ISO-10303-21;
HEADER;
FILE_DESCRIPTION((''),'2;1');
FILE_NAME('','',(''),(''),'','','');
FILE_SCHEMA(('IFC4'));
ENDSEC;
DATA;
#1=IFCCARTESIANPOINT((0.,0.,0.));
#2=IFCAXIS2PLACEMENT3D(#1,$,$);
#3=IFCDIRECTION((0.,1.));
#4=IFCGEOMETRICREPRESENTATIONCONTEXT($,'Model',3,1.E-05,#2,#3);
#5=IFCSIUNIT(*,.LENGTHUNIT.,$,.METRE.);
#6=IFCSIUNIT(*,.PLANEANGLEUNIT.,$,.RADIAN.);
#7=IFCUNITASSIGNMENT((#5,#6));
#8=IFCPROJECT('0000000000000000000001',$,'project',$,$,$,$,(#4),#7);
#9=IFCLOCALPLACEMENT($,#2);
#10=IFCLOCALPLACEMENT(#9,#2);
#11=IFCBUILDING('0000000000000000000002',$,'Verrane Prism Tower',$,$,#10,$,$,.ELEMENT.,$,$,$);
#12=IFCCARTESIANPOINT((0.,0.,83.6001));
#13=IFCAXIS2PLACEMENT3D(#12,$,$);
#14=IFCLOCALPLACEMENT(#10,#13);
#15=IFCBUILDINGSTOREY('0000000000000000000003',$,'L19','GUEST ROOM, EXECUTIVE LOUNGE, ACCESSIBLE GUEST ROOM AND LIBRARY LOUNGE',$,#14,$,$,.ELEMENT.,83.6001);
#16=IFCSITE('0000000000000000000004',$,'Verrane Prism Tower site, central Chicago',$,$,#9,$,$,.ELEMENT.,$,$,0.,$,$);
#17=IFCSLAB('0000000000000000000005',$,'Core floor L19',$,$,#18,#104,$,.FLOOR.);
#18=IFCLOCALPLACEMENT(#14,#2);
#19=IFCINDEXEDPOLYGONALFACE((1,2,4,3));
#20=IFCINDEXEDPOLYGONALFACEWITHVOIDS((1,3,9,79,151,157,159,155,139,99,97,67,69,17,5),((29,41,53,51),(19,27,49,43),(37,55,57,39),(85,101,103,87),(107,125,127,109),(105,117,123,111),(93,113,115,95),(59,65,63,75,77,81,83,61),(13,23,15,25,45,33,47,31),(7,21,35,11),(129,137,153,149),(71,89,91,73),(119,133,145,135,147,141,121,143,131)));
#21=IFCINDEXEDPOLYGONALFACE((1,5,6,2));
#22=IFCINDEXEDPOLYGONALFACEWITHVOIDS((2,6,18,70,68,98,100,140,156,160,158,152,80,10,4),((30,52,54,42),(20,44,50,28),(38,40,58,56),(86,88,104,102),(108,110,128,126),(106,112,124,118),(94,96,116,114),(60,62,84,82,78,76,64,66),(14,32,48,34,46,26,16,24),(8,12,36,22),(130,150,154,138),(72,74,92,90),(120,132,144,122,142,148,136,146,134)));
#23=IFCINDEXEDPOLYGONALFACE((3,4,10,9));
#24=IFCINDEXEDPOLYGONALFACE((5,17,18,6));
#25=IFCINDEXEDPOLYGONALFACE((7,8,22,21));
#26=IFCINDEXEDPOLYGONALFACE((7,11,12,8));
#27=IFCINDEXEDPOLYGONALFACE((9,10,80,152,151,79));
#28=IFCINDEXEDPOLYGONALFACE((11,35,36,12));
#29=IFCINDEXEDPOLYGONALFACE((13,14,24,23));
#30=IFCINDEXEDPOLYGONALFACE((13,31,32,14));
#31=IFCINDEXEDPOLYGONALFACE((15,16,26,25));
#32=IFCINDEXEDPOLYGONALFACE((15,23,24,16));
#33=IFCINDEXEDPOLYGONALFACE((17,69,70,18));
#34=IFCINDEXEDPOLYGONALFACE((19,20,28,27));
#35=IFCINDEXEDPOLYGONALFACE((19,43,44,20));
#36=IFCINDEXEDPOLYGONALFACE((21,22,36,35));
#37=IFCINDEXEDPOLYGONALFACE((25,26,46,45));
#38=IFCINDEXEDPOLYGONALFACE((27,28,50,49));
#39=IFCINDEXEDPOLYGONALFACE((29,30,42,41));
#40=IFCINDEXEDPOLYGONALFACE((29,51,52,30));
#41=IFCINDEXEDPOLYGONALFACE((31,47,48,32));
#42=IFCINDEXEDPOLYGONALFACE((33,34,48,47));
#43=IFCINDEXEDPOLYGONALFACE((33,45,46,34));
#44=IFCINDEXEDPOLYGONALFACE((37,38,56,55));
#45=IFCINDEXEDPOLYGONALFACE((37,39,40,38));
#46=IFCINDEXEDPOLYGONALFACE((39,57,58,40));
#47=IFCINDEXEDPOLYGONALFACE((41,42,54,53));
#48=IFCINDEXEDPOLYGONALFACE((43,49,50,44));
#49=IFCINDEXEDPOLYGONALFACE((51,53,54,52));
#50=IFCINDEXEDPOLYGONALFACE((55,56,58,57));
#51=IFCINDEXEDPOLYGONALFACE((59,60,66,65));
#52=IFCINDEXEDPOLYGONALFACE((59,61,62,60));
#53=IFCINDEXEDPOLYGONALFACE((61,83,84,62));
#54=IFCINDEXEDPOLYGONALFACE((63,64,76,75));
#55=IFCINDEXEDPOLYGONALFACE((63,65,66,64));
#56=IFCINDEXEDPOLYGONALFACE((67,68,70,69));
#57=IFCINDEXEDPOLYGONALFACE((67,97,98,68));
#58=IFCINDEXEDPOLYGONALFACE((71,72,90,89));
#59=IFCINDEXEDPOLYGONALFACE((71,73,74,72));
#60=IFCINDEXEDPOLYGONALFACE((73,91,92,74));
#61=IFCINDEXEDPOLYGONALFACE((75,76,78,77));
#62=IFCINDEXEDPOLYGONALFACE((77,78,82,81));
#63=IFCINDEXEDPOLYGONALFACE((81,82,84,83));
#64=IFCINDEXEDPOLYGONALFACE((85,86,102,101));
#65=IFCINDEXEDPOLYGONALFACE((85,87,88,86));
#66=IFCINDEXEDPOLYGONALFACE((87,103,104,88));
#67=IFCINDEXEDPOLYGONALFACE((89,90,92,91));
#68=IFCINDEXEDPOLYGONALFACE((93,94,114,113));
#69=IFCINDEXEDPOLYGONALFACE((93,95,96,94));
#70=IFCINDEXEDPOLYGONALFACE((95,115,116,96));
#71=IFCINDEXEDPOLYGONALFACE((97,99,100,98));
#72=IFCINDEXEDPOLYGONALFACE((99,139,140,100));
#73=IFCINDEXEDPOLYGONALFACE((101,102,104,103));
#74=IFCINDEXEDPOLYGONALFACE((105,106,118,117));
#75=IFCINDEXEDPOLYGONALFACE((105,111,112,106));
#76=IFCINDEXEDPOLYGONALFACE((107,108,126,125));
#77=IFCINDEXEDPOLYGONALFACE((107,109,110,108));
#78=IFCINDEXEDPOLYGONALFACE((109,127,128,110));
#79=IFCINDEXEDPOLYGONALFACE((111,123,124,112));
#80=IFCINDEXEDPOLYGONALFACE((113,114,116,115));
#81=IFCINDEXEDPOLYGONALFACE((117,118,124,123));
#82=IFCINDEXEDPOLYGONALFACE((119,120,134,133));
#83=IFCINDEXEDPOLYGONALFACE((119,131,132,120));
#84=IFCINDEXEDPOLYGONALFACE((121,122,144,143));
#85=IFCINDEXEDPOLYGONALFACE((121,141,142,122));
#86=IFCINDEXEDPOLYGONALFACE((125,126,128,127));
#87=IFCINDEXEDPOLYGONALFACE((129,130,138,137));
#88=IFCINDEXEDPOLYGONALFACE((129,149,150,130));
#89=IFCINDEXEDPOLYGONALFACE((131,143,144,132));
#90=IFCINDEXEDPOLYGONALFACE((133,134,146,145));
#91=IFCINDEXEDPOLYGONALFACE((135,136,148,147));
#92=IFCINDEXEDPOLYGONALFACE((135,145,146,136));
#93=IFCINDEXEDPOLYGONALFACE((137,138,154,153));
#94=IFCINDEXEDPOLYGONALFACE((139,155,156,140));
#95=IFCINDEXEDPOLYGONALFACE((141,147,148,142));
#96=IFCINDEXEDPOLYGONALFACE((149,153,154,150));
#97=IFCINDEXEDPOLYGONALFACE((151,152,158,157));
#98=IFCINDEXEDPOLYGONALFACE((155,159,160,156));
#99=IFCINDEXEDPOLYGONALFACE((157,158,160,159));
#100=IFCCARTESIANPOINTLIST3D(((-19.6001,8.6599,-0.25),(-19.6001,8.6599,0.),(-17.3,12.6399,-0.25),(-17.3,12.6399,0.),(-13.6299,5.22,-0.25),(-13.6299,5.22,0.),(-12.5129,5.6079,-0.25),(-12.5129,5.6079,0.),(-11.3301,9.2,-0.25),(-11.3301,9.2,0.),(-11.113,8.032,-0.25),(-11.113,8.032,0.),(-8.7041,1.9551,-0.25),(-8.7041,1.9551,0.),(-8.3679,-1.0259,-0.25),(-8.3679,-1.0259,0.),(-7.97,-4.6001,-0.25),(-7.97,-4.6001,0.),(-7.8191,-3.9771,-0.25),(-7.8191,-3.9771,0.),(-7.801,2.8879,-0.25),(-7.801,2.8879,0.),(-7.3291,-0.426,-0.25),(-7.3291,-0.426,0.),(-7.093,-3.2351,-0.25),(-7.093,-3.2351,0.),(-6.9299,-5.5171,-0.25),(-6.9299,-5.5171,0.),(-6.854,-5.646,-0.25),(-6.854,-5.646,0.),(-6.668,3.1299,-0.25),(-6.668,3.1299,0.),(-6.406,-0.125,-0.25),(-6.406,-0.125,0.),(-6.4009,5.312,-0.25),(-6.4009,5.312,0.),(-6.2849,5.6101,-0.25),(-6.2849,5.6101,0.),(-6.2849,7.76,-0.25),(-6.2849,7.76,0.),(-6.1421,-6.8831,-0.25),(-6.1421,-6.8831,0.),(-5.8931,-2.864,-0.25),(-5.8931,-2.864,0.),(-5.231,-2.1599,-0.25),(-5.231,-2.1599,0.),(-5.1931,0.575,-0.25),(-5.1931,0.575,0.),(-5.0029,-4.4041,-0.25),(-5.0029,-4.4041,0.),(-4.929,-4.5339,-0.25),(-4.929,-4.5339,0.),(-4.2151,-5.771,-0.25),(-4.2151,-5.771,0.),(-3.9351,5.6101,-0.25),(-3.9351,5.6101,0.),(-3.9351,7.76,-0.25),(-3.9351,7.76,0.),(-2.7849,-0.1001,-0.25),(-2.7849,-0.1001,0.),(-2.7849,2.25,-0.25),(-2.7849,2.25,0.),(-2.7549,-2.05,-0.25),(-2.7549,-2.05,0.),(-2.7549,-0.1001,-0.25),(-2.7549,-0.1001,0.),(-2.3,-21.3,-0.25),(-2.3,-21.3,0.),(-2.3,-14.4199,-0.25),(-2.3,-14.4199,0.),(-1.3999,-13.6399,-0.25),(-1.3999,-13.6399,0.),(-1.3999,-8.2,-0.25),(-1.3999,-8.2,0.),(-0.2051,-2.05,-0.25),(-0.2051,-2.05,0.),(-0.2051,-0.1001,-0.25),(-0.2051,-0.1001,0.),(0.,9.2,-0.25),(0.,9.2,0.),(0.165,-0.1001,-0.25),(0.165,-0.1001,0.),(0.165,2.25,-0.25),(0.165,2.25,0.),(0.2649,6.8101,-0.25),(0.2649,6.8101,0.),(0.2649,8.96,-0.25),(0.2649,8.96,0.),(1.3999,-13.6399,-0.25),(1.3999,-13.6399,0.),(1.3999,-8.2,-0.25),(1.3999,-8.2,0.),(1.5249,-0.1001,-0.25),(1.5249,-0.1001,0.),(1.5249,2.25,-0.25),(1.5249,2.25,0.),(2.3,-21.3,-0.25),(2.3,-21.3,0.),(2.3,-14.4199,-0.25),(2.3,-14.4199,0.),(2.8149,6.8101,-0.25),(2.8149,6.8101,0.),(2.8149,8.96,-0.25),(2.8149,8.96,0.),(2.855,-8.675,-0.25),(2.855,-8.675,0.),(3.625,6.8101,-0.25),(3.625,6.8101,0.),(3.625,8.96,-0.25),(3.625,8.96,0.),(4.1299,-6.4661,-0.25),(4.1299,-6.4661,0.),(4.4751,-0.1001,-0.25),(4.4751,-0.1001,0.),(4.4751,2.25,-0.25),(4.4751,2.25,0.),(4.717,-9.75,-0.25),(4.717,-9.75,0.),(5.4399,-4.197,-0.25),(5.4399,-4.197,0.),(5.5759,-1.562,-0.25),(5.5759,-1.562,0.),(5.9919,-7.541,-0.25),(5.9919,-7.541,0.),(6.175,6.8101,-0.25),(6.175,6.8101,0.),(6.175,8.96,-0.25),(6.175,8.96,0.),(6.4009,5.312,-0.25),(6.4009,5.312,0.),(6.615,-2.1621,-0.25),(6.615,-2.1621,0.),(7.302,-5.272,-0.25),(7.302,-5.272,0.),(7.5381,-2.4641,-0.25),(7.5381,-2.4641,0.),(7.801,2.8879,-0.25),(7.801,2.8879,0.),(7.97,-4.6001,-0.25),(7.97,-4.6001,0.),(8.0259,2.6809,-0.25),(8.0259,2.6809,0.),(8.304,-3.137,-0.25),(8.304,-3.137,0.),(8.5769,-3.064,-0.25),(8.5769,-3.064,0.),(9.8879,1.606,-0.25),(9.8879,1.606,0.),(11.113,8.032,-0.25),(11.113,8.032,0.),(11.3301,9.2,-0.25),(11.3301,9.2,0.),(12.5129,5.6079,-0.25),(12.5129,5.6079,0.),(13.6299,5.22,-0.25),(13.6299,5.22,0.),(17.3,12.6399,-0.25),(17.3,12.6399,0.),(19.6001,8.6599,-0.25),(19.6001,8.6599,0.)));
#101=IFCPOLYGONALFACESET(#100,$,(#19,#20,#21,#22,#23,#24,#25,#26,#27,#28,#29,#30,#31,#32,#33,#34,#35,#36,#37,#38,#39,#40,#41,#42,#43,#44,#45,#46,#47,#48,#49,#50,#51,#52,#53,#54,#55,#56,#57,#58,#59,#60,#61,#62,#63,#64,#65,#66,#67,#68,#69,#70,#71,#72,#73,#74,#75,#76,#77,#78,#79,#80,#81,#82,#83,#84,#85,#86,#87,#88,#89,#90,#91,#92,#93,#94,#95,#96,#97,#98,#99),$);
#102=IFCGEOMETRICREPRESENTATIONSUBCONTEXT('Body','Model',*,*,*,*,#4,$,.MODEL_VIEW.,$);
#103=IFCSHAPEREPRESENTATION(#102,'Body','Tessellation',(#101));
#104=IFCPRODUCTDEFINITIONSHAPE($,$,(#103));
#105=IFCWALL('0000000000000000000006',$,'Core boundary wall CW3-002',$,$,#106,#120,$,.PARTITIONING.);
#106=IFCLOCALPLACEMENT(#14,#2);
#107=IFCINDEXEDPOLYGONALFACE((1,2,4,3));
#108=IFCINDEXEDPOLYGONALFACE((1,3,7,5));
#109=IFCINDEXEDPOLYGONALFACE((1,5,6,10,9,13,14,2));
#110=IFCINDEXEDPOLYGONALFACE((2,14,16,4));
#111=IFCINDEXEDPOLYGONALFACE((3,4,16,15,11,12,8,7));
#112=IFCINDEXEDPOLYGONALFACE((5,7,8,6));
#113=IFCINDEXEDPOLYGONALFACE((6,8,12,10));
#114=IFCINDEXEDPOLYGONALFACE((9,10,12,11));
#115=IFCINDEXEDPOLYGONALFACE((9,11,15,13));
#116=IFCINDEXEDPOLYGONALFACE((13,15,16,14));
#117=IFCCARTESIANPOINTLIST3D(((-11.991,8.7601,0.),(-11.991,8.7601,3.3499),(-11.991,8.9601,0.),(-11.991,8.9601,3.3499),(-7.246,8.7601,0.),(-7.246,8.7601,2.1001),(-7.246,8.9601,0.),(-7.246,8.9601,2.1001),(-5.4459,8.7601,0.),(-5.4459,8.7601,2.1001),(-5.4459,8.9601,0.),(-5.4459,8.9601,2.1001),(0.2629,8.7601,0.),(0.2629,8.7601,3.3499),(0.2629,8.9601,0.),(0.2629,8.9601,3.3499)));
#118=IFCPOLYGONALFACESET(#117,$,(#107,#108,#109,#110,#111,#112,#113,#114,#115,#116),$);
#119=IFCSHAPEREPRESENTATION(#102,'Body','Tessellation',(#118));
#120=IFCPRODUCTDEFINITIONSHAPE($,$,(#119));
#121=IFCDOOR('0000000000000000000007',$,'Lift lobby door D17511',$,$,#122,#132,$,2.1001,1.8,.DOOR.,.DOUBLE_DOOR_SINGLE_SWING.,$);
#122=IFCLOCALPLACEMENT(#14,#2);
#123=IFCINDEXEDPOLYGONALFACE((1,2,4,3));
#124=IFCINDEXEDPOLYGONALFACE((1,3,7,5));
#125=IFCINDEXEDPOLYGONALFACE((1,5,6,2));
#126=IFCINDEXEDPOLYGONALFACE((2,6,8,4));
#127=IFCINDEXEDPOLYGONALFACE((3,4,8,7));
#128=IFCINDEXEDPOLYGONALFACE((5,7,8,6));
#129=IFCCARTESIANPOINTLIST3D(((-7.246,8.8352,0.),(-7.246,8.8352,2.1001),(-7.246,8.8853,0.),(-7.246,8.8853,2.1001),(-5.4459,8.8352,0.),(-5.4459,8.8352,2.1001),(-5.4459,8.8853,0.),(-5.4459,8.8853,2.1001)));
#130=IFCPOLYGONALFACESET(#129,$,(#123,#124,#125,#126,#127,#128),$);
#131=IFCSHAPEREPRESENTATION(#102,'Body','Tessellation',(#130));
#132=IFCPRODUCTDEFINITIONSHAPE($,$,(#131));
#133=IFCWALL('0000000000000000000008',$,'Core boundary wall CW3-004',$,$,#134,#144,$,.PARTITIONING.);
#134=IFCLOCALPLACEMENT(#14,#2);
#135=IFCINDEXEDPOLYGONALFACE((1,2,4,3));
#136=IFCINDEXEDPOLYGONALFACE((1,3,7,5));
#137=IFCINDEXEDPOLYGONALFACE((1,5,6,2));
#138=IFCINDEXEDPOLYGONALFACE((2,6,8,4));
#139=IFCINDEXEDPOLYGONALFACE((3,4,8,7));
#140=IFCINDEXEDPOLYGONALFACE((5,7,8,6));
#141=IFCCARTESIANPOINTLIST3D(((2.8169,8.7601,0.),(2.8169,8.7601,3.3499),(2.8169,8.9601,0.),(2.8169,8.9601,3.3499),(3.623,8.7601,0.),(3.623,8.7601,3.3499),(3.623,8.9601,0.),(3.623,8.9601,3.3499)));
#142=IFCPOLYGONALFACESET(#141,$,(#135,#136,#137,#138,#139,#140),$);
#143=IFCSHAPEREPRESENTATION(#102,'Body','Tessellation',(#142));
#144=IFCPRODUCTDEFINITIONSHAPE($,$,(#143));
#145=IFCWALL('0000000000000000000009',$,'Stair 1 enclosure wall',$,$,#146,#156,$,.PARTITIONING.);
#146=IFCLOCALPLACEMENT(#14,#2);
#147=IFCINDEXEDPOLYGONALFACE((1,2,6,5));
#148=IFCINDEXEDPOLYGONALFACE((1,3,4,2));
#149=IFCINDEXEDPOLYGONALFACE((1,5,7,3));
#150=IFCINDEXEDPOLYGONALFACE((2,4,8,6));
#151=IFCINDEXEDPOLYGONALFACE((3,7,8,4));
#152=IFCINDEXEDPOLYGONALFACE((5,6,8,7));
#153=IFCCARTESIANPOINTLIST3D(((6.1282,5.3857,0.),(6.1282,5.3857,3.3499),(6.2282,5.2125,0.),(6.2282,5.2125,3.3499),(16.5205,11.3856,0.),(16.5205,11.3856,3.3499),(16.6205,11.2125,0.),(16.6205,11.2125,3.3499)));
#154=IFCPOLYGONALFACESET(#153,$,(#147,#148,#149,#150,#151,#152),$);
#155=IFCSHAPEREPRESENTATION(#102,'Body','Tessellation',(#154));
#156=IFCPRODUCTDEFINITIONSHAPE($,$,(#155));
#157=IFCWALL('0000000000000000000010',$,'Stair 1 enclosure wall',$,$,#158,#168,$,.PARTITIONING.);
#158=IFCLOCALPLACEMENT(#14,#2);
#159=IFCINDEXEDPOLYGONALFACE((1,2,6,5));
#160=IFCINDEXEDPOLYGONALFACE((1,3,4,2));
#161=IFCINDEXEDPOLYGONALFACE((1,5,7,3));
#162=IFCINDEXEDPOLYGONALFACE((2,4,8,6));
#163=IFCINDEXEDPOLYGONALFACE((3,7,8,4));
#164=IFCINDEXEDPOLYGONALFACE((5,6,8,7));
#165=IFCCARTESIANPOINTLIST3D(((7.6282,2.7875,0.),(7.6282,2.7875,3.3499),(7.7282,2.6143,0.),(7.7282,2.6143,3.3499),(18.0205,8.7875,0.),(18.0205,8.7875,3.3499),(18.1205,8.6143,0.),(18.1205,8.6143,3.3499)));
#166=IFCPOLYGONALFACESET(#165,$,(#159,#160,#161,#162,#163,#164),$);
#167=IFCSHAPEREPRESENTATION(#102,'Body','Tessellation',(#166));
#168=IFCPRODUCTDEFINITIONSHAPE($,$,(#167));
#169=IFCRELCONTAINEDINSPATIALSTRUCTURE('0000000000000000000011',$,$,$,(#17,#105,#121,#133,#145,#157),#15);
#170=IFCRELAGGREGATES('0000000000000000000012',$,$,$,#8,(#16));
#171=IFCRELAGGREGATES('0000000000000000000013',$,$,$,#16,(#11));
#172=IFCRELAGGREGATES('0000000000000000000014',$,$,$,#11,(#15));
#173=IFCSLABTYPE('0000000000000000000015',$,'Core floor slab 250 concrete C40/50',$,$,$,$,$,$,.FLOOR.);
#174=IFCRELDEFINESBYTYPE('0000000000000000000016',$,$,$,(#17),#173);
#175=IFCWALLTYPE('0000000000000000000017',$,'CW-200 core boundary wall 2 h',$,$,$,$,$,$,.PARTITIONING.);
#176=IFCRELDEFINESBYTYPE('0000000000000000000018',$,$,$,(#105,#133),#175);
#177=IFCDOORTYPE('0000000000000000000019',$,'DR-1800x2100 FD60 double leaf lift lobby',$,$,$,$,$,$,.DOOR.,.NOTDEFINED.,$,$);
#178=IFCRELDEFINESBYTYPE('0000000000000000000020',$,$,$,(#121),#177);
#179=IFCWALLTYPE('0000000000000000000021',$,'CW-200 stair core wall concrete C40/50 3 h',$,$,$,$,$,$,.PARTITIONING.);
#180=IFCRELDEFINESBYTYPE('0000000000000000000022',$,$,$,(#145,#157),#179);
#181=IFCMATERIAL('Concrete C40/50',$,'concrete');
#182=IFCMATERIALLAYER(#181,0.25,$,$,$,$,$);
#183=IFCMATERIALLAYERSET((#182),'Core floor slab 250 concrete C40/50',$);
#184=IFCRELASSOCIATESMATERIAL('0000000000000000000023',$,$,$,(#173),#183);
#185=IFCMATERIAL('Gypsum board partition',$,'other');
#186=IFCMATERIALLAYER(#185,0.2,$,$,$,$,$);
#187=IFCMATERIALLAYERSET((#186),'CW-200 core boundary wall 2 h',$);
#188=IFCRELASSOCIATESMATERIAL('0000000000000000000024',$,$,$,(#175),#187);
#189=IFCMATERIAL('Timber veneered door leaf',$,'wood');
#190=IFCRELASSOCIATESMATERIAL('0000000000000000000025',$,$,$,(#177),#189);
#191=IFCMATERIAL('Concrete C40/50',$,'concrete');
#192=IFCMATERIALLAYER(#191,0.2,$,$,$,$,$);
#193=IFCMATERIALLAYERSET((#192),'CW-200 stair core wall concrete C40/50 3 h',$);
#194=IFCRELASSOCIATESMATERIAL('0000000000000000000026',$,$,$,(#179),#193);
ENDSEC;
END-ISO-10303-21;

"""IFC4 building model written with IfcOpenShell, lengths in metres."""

from ifc_helpers import new_model, si_unit, direction, frame, frame_2d, origin, place, context, subcontext, project, spatial, polyline, rectangle, outline, extrude, material, layer, layer_set, type_object, element, fill, save


model = new_model("IFC4")

# Units and contexts
model_context = context("Model", 3, precision=1e-05, world=origin(), true_north=direction((0.0, 1.0)))
body_context = subcontext(model_context, "Body", "Model", "MODEL_VIEW")
ifc_project = project(units=[si_unit("LENGTHUNIT", "METRE"), si_unit("PLANEANGLEUNIT", "RADIAN")], contexts=[model_context])

# Site, building, storey
site_placement = place(None, origin())
site = spatial("IfcSite", under=ifc_project, at=site_placement, Name="Verrane Prism Tower site, central Chicago", CompositionType="ELEMENT", RefElevation=0.0)
building_placement = place(site_placement, origin())
building = spatial("IfcBuilding", under=site, at=building_placement, Name="Verrane Prism Tower", CompositionType="ELEMENT")
storey_placement = place(building_placement, frame((0.0, 0.0, 83.6001)))
storey = spatial("IfcBuildingStorey", under=building, at=storey_placement, Name="L19", Description="GUEST ROOM, EXECUTIVE LOUNGE, ACCESSIBLE GUEST ROOM AND LIBRARY LOUNGE", CompositionType="ELEMENT", Elevation=83.6001)

# Slab
ifc_material_1 = material(Name="Concrete C40/50", Category="concrete")
ifc_layer_1 = layer(ifc_material_1, 0.25)
ifc_layer_set_1 = layer_set([ifc_layer_1], Name="Core floor slab 250 concrete C40/50")
slab_type = type_object("IfcSlabType", Name="Core floor slab 250 concrete C40/50", PredefinedType="FLOOR", material=ifc_layer_set_1)
slab_placement = place(storey_placement, frame((0.0, 0.0, -0.25)))
element("IfcSlab", 1, at=slab_placement, inside=storey, type_object=slab_type, Name="Core floor L19", PredefinedType="FLOOR", context=body_context, shape_type="SweptSolid", body=[
    extrude(outline(polyline([(13.6299, 5.22), (19.6001, 8.6599), (17.3, 12.6399), (11.3301, 9.2), (0.0, 9.2), (-11.3301, 9.2), (-17.3, 12.6399), (-19.6001, 8.6599), (-13.6299, 5.22), (-7.97, -4.6001), (-2.3, -14.4199), (-2.3, -21.3), (2.3, -21.3), (2.3, -14.4199), (7.97, -4.6001), (13.6299, 5.22)]), holes=[polyline([(1.3999, -8.2), (1.3999, -13.6399), (-1.3999, -13.6399), (-1.3999, -8.2), (1.3999, -8.2)]), polyline([(-4.2151, -5.771), (-6.1421, -6.8831), (-6.854, -5.646), (-4.929, -4.5339), (-4.2151, -5.771)]), polyline([(-5.0029, -4.4041), (-6.9299, -5.5171), (-7.8191, -3.9771), (-5.8931, -2.864), (-5.0029, -4.4041)]), polyline([(0.165, 2.25), (0.165, -0.1001), (-0.2051, -0.1001), (-0.2051, -2.05), (-2.7549, -2.05), (-2.7549, -0.1001), (-2.7849, -0.1001), (-2.7849, 2.25), (0.165, 2.25)]), polyline([(-12.5129, 5.6079), (-11.113, 8.032), (-6.4009, 5.312), (-7.801, 2.8879), (-12.5129, 5.6079)]), polyline([(-6.2849, 5.6101), (-6.2849, 7.76), (-3.9351, 7.76), (-3.9351, 5.6101), (-6.2849, 5.6101)]), polyline([(4.717, -9.75), (2.855, -8.675), (4.1299, -6.4661), (5.9919, -7.541), (4.717, -9.75)]), polyline([(8.304, -3.137), (5.5759, -1.562), (8.0259, 2.6809), (9.8879, 1.606), (7.5381, -2.4641), (8.5769, -3.064), (7.302, -5.272), (5.4399, -4.197), (6.615, -2.1621), (8.304, -3.137)]), polyline([(1.5249, -0.1001), (1.5249, 2.25), (4.4751, 2.25), (4.4751, -0.1001), (1.5249, -0.1001)]), polyline([(6.4009, 5.312), (11.113, 8.032), (12.5129, 5.6079), (7.801, 2.8879), (6.4009, 5.312)]), polyline([(0.2649, 6.8101), (0.2649, 8.96), (2.8149, 8.96), (2.8149, 6.8101), (0.2649, 6.8101)]), polyline([(3.625, 6.8101), (3.625, 8.96), (6.175, 8.96), (6.175, 6.8101), (3.625, 6.8101)]), polyline([(-5.231, -2.1599), (-7.093, -3.2351), (-8.3679, -1.0259), (-7.3291, -0.426), (-8.7041, 1.9551), (-6.668, 3.1299), (-5.1931, 0.575), (-6.406, -0.125), (-5.231, -2.1599)])]), origin(), (0.0, 0.0, 1.0), 0.25),
])

# Wall, opening, door
ifc_material_2 = material(Name="Gypsum board partition", Category="other")
ifc_layer_2 = layer(ifc_material_2, 0.2)
ifc_layer_set_2 = layer_set([ifc_layer_2], Name="CW-200 core boundary wall 2 h")
wall_type_1 = type_object("IfcWallType", Name="CW-200 core boundary wall 2 h", PredefinedType="PARTITIONING", material=ifc_layer_set_2)
wall_1_placement = place(storey_placement, frame((0.2629, 8.8601, 0.0), z_axis=(0.0, 0.0, 1.0), x_axis=(-1.0, 0.0, 0.0)))
wall_1 = element("IfcWall", 2, at=wall_1_placement, inside=storey, type_object=wall_type_1, Name="Core boundary wall CW3-002", PredefinedType="PARTITIONING", context=body_context, shape_type="SweptSolid", body=[
    extrude(rectangle(XDim=12.2539, YDim=0.2, at=frame_2d((6.127, 0.0))), origin(), (0.0, 0.0, 1.0), 3.3499),
])
opening_1_placement = place(wall_1_placement, frame((5.709, 0.0, 0.0)))
opening_1 = element("IfcOpeningElement", 3, at=opening_1_placement, cuts=wall_1, PredefinedType="OPENING", context=body_context, shape_type="SweptSolid", body=[
    extrude(rectangle(XDim=1.8, YDim=2.1001, at=frame_2d((0.8999, 1.05))), frame((0.0, 0.1099, 0.0), z_axis=(0.0, -1.0, 0.0), x_axis=(1.0, 0.0, 0.0)), (0.0, 0.0, 1.0), 0.22),
])
ifc_material_3 = material(Name="Timber veneered door leaf", Category="wood")
door_type_1 = type_object("IfcDoorType", Name="DR-1800x2100 FD60 double leaf lift lobby", OperationType="NOTDEFINED", PredefinedType="DOOR", material=ifc_material_3)
door_1_placement = place(opening_1_placement, origin())
door_1 = element("IfcDoor", 4, at=door_1_placement, inside=storey, type_object=door_type_1, Name="Lift lobby door D17511", OperationType="DOUBLE_DOOR_SINGLE_SWING", OverallHeight=2.1001, OverallWidth=1.8, PredefinedType="DOOR", context=body_context, shape_type="SweptSolid", body=[
    extrude(rectangle(XDim=1.8, YDim=2.1001, at=frame_2d((0.8999, 1.05))), frame((0.0, 0.0249, 0.0), z_axis=(0.0, -1.0, 0.0), x_axis=(1.0, 0.0, 0.0)), (0.0, 0.0, 1.0), 0.05),
])
fill(opening_1, door_1)

# Walls
wall_2_placement = place(storey_placement, frame((2.8169, 8.8601, 0.0), z_axis=(0.0, 0.0, 1.0), x_axis=(1.0, 0.0, 0.0)))
element("IfcWall", 5, at=wall_2_placement, inside=storey, type_object=wall_type_1, Name="Core boundary wall CW3-004", PredefinedType="PARTITIONING", context=body_context, shape_type="SweptSolid", body=[
    extrude(rectangle(XDim=0.8062, YDim=0.2, at=frame_2d((0.4031, 0.0))), origin(), (0.0, 0.0, 1.0), 3.3499),
])
ifc_material_4 = material(Name="Concrete C40/50", Category="concrete")
ifc_layer_3 = layer(ifc_material_4, 0.2)
ifc_layer_set_3 = layer_set([ifc_layer_3], Name="CW-200 stair core wall concrete C40/50 3 h")
wall_type_2 = type_object("IfcWallType", Name="CW-200 stair core wall concrete C40/50 3 h", PredefinedType="PARTITIONING", material=ifc_layer_set_3)
for number, where, z_axis, x_axis, name in (
    (6, (6.1782, 5.2991, 0.0), (0.0, 0.0, 1.0), (0.866026, 0.499999, 0.0), "Stair 1 enclosure wall"),
    (7, (7.6782, 2.7009, 0.0), (0.0, 0.0, 1.0), (0.866026, 0.499999, 0.0), "Stair 1 enclosure wall"),
):
    element("IfcWall", number, at=place(storey_placement, frame(where, z_axis=z_axis, x_axis=x_axis)), inside=storey, type_object=wall_type_2, Name=name, PredefinedType="PARTITIONING", context=body_context, shape_type="SweptSolid", body=[
        extrude(rectangle(XDim=12.0, YDim=0.2, at=frame_2d((6.0, 0.0))), origin(), (0.0, 0.0, 1.0), 3.3499),
    ])

save(model, "model.ifc")
